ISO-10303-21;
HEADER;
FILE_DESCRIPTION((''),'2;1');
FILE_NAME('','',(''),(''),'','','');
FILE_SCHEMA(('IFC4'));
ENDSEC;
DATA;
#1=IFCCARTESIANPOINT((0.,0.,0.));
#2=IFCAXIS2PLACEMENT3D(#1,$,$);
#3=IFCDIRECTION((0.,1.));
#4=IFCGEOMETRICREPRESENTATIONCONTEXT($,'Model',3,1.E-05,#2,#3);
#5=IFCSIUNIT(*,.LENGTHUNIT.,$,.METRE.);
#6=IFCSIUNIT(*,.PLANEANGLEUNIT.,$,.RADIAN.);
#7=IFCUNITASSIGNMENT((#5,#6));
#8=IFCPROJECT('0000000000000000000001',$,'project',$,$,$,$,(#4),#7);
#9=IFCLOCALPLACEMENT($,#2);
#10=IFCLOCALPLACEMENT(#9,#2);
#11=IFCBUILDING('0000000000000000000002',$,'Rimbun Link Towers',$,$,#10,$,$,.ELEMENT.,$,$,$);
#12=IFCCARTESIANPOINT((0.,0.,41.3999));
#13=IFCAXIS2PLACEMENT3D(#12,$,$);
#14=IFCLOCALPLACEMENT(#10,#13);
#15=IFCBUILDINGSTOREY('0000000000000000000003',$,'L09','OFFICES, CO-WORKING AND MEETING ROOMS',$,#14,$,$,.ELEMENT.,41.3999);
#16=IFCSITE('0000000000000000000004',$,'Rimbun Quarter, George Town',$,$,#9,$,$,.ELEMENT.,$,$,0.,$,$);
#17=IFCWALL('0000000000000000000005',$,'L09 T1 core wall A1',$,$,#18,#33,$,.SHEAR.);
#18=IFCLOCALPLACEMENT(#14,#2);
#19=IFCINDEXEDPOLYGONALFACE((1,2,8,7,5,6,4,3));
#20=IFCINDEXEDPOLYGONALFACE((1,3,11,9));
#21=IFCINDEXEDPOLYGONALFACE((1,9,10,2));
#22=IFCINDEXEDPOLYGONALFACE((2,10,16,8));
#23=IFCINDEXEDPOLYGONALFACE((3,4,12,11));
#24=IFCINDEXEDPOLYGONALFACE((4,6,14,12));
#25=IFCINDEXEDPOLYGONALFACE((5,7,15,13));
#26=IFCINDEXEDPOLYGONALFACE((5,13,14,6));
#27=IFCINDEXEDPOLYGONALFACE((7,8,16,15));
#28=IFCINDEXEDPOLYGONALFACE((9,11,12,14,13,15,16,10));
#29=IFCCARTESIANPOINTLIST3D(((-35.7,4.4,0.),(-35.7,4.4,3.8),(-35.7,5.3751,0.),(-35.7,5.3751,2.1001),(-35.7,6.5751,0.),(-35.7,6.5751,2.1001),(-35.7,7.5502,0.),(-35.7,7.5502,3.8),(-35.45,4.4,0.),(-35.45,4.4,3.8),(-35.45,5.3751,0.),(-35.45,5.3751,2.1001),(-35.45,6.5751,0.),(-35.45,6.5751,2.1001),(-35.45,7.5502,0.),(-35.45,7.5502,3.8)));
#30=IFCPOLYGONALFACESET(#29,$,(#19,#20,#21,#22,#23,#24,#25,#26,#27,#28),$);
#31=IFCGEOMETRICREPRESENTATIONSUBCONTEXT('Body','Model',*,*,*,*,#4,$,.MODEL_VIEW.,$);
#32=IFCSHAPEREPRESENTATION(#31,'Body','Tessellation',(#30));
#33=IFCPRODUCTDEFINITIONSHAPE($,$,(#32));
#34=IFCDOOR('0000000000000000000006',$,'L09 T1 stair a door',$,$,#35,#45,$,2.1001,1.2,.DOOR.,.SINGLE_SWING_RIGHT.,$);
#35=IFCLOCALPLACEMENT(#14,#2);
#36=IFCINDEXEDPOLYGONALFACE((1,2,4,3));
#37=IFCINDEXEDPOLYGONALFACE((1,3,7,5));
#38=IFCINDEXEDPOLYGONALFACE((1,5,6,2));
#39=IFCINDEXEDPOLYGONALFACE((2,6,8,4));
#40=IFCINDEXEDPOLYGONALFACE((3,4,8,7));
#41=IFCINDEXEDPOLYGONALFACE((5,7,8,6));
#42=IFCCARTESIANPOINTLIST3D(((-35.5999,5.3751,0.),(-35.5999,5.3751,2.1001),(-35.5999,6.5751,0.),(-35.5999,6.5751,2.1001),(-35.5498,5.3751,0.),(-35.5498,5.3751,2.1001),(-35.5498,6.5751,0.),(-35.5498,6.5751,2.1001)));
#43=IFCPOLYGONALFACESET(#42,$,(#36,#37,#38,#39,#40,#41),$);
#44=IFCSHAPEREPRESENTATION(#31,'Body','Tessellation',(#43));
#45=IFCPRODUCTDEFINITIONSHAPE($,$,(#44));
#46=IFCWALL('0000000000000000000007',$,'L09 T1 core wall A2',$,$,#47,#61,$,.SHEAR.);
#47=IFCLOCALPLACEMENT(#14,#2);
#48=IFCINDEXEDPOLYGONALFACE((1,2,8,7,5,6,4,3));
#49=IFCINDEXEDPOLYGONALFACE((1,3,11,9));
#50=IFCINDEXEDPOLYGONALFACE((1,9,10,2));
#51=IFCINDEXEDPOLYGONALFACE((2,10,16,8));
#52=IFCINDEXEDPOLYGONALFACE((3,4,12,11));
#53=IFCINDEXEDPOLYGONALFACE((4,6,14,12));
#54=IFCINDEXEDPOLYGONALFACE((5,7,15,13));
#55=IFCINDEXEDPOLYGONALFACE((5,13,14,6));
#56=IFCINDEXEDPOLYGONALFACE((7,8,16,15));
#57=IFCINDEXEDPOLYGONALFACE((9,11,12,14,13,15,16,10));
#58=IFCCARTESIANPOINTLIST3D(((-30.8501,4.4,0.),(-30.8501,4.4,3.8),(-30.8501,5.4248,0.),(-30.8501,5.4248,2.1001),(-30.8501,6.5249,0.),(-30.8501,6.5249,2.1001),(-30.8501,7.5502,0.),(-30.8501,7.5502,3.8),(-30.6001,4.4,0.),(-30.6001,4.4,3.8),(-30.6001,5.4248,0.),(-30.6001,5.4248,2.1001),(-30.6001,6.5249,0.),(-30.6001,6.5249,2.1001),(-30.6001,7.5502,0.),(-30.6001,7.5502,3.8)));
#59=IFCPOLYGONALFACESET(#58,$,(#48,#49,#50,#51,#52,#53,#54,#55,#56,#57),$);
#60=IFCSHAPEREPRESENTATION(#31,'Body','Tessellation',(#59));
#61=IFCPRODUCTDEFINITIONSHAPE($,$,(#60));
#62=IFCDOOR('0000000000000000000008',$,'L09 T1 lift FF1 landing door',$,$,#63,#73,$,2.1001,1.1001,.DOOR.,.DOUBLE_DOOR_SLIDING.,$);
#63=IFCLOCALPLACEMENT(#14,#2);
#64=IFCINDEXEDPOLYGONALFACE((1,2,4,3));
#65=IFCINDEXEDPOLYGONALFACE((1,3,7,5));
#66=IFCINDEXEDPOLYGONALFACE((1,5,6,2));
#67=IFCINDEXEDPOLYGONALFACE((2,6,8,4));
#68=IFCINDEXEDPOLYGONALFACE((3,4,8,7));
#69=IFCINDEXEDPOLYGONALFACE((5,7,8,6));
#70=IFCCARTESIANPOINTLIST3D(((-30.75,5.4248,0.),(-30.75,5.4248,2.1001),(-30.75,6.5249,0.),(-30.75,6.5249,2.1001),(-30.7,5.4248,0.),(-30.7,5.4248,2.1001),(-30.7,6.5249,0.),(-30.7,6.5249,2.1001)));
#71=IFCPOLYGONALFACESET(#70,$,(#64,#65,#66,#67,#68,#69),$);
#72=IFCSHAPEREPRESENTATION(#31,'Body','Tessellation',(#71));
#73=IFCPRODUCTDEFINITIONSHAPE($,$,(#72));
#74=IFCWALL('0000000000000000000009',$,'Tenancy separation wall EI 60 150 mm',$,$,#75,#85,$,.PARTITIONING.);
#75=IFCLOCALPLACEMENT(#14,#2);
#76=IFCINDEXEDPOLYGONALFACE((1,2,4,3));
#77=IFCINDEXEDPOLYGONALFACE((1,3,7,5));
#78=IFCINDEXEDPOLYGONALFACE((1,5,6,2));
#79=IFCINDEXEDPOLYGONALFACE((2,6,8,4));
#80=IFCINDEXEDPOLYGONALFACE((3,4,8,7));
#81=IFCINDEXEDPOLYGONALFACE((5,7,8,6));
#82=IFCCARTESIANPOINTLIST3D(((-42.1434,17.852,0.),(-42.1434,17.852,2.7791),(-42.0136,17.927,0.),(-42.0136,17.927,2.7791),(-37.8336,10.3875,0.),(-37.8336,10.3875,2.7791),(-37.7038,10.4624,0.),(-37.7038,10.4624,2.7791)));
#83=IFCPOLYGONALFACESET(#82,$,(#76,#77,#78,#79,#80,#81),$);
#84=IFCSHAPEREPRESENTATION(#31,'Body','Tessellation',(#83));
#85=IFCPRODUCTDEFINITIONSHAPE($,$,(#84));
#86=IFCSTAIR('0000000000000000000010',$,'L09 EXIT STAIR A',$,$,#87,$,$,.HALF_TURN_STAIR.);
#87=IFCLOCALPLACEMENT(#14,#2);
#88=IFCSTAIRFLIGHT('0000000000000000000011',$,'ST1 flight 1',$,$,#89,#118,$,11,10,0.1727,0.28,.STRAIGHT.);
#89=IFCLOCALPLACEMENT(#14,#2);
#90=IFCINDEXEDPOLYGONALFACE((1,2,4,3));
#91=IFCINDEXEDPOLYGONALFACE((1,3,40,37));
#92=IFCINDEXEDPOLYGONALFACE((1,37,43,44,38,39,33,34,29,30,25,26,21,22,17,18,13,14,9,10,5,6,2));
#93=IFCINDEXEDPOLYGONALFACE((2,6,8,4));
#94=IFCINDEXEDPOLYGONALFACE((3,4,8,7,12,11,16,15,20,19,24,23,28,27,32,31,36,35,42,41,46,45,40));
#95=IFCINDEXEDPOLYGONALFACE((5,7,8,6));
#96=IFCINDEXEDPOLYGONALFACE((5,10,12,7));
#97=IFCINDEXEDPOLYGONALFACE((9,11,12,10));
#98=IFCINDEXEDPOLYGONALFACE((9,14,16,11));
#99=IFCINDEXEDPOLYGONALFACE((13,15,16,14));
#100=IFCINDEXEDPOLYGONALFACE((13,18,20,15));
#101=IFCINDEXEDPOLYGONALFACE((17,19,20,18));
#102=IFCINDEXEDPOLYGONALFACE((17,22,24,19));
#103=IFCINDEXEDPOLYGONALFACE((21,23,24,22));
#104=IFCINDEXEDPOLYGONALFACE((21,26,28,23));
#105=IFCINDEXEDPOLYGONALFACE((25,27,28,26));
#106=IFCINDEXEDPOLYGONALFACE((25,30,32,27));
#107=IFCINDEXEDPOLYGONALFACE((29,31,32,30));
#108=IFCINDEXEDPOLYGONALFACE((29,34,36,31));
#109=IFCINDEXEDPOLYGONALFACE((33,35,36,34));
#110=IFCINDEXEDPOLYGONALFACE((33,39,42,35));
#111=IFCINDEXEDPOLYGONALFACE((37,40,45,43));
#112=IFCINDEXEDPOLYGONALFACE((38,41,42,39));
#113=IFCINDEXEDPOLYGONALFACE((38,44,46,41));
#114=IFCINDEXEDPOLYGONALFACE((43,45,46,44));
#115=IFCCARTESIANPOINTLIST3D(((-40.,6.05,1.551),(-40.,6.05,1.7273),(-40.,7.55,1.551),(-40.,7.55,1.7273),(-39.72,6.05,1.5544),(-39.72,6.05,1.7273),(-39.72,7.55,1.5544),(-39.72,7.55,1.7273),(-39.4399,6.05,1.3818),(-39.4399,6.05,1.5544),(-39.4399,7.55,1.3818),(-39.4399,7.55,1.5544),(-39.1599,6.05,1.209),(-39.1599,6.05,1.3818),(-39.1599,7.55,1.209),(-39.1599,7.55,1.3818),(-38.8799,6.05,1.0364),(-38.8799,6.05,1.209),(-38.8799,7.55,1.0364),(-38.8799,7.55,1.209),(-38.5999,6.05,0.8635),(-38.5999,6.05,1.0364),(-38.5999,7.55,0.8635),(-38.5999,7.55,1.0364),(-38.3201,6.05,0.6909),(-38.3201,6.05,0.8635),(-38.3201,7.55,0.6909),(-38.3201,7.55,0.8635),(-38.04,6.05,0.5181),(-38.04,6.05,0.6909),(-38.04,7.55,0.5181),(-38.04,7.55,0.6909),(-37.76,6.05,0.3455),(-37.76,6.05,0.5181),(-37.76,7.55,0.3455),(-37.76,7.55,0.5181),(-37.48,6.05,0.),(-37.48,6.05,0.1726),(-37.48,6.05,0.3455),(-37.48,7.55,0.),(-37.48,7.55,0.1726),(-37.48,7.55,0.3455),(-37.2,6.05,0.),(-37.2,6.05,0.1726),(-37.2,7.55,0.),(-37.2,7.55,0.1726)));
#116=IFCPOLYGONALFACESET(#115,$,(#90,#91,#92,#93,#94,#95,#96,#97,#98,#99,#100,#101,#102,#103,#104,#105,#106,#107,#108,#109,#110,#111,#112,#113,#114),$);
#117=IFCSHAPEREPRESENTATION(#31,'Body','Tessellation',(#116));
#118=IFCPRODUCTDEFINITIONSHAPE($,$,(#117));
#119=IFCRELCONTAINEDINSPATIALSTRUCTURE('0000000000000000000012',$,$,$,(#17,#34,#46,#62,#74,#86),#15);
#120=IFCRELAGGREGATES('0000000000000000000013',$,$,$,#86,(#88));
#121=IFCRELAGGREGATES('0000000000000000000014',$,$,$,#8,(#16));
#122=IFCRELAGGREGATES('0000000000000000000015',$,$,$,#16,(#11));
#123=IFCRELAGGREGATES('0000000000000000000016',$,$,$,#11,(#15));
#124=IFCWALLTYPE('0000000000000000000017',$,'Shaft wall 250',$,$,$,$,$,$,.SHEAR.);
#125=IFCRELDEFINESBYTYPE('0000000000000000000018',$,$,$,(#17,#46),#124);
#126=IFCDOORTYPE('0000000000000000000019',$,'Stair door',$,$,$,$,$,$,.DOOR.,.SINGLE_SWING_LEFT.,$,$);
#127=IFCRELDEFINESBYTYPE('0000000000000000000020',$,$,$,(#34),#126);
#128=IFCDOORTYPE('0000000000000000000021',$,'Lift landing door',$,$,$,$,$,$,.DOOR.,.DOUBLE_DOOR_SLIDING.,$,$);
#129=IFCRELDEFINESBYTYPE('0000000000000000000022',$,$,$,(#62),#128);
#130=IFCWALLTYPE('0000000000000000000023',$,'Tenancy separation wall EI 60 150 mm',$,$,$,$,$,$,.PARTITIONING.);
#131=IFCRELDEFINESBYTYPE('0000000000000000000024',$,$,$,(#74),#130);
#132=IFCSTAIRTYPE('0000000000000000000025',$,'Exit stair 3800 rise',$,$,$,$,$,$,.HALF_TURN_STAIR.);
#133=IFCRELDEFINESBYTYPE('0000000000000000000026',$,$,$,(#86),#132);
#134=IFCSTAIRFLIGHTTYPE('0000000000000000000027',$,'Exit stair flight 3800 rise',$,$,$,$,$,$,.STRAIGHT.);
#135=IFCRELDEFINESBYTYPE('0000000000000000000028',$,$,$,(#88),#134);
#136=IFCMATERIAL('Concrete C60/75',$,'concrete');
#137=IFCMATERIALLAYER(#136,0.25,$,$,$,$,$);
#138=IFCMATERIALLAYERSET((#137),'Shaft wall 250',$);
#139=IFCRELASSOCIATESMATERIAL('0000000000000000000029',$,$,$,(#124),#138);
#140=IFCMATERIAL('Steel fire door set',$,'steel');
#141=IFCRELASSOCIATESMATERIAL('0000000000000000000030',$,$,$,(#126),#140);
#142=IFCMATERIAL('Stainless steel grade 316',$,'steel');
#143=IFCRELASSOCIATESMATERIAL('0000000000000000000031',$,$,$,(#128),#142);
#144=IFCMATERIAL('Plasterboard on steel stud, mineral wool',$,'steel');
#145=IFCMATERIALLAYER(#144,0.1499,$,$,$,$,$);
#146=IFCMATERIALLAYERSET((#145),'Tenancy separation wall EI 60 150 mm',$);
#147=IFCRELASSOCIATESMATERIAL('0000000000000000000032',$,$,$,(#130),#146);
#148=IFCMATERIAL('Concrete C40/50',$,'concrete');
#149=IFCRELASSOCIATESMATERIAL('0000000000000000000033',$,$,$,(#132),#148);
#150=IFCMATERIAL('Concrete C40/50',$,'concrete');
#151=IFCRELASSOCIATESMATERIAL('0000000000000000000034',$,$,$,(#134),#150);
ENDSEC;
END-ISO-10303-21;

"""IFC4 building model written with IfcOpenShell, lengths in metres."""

from ifc_helpers import new_model, si_unit, direction, frame, frame_2d, origin, place, context, subcontext, project, spatial, polyline, rectangle, outline, extrude, material, layer, layer_set, type_object, element, fill, aggregate, save


model = new_model("IFC4")

# Units and contexts
model_context = context("Model", 3, precision=1e-05, world=origin(), true_north=direction((0.0, 1.0)))
body_context = subcontext(model_context, "Body", "Model", "MODEL_VIEW")
ifc_project = project(units=[si_unit("LENGTHUNIT", "METRE"), si_unit("PLANEANGLEUNIT", "RADIAN")], contexts=[model_context])

# Site, building, storey
site_placement = place(None, origin())
site = spatial("IfcSite", under=ifc_project, at=site_placement, Name="Rimbun Quarter, George Town", CompositionType="ELEMENT", RefElevation=0.0)
building_placement = place(site_placement, origin())
building = spatial("IfcBuilding", under=site, at=building_placement, Name="Rimbun Link Towers", CompositionType="ELEMENT")
storey_placement = place(building_placement, frame((0.0, 0.0, 41.3999)))
storey = spatial("IfcBuildingStorey", under=building, at=storey_placement, Name="L09", Description="OFFICES, CO-WORKING AND MEETING ROOMS", CompositionType="ELEMENT", Elevation=41.3999)

# Shared definitions
ifc_material_1 = material(Name="Concrete C60/75", Category="concrete")
ifc_layer_1 = layer(ifc_material_1, 0.25)
ifc_layer_set_1 = layer_set([ifc_layer_1], Name="Shaft wall 250")
wall_type_1 = type_object("IfcWallType", Name="Shaft wall 250", PredefinedType="SHEAR", material=ifc_layer_set_1)

# Walls, openings, doors
wall_1_placement = place(storey_placement, frame((-35.575, 4.3999, 0.0), z_axis=(0.0, 0.0, 1.0), x_axis=(0.0, 1.0, 0.0)))
wall_1 = element("IfcWall", 1, at=wall_1_placement, inside=storey, type_object=wall_type_1, Name="L09 T1 core wall A1", PredefinedType="SHEAR", context=body_context, shape_type="SweptSolid", body=[
    extrude(rectangle(XDim=3.1501, YDim=0.25, at=frame_2d((1.5752, 0.0))), origin(), (0.0, 0.0, 1.0), 3.8),
])
opening_1_placement = place(wall_1_placement, frame((0.9751, 0.0, 0.0)))
opening_1 = element("IfcOpeningElement", 2, at=opening_1_placement, cuts=wall_1, PredefinedType="OPENING", context=body_context, shape_type="SweptSolid", body=[
    extrude(rectangle(XDim=1.2, YDim=2.1001, at=frame_2d((0.6001, 1.05))), frame((0.0, 0.135, 0.0), z_axis=(0.0, -1.0, 0.0), x_axis=(1.0, 0.0, 0.0)), (0.0, 0.0, 1.0), 0.27),
])
ifc_material_2 = material(Name="Steel fire door set", Category="steel")
door_type_1 = type_object("IfcDoorType", Name="Stair door", OperationType="SINGLE_SWING_LEFT", PredefinedType="DOOR", material=ifc_material_2)
door_1_placement = place(opening_1_placement, origin())
door_1 = element("IfcDoor", 3, at=door_1_placement, inside=storey, type_object=door_type_1, Name="L09 T1 stair a door", OperationType="SINGLE_SWING_RIGHT", OverallHeight=2.1001, OverallWidth=1.2, PredefinedType="DOOR", context=body_context, shape_type="SweptSolid", body=[
    extrude(rectangle(XDim=1.2, YDim=2.1001, at=frame_2d((0.6001, 1.05))), frame((0.0, 0.0249, 0.0), z_axis=(0.0, -1.0, 0.0), x_axis=(1.0, 0.0, 0.0)), (0.0, 0.0, 1.0), 0.05),
])
fill(opening_1, door_1)
wall_2_placement = place(storey_placement, frame((-30.7251, 4.3999, 0.0), z_axis=(0.0, 0.0, 1.0), x_axis=(0.0, 1.0, 0.0)))
wall_2 = element("IfcWall", 4, at=wall_2_placement, inside=storey, type_object=wall_type_1, Name="L09 T1 core wall A2", PredefinedType="SHEAR", context=body_context, shape_type="SweptSolid", body=[
    extrude(rectangle(XDim=3.1501, YDim=0.25, at=frame_2d((1.5752, 0.0))), origin(), (0.0, 0.0, 1.0), 3.8),
])
opening_2_placement = place(wall_2_placement, frame((1.0249, 0.0, 0.0)))
opening_2 = element("IfcOpeningElement", 5, at=opening_2_placement, cuts=wall_2, PredefinedType="OPENING", context=body_context, shape_type="SweptSolid", body=[
    extrude(rectangle(XDim=1.1001, YDim=2.1001, at=frame_2d((0.55, 1.05))), frame((0.0, 0.135, 0.0), z_axis=(0.0, -1.0, 0.0), x_axis=(1.0, 0.0, 0.0)), (0.0, 0.0, 1.0), 0.27),
])
ifc_material_3 = material(Name="Stainless steel grade 316", Category="steel")
door_type_2 = type_object("IfcDoorType", Name="Lift landing door", OperationType="DOUBLE_DOOR_SLIDING", PredefinedType="DOOR", material=ifc_material_3)
door_2_placement = place(opening_2_placement, origin())
door_2 = element("IfcDoor", 6, at=door_2_placement, inside=storey, type_object=door_type_2, Name="L09 T1 lift FF1 landing door", OperationType="DOUBLE_DOOR_SLIDING", OverallHeight=2.1001, OverallWidth=1.1001, PredefinedType="DOOR", context=body_context, shape_type="SweptSolid", body=[
    extrude(rectangle(XDim=1.1001, YDim=2.1001, at=frame_2d((0.55, 1.05))), frame((0.0, 0.0249, 0.0), z_axis=(0.0, -1.0, 0.0), x_axis=(1.0, 0.0, 0.0)), (0.0, 0.0, 1.0), 0.05),
])
fill(opening_2, door_2)

# Wall
ifc_material_4 = material(Name="Plasterboard on steel stud, mineral wool", Category="steel")
ifc_layer_2 = layer(ifc_material_4, 0.1499)
ifc_layer_set_2 = layer_set([ifc_layer_2], Name="Tenancy separation wall EI 60 150 mm")
wall_type_2 = type_object("IfcWallType", Name="Tenancy separation wall EI 60 150 mm", PredefinedType="PARTITIONING", material=ifc_layer_set_2)
wall_3_placement = place(storey_placement, frame((-37.7688, 10.425, 0.0), z_axis=(0.0, 0.0, 1.0), x_axis=(-0.500011, 0.866019, 0.0)))
element("IfcWall", 7, at=wall_3_placement, inside=storey, type_object=wall_type_2, Name="Tenancy separation wall EI 60 150 mm", PredefinedType="PARTITIONING", context=body_context, shape_type="SweptSolid", body=[
    extrude(rectangle(XDim=8.6194, YDim=0.1499, at=frame_2d((4.3096, 0.0))), origin(), (0.0, 0.0, 1.0), 2.7791),
])

# Stair, stair flight
ifc_material_5 = material(Name="Concrete C40/50", Category="concrete")
stair_type = type_object("IfcStairType", Name="Exit stair 3800 rise", PredefinedType="HALF_TURN_STAIR", material=ifc_material_5)
stair_placement = place(storey_placement, origin())
stair = element("IfcStair", 8, at=stair_placement, inside=storey, type_object=stair_type, Name="L09 EXIT STAIR A", PredefinedType="HALF_TURN_STAIR")
ifc_material_6 = material(Name="Concrete C40/50", Category="concrete")
stair_flight_type = type_object("IfcStairFlightType", Name="Exit stair flight 3800 rise", PredefinedType="STRAIGHT", material=ifc_material_6)
stair_flight_placement = place(storey_placement, frame((-37.2, 6.8, 0.0), z_axis=(0.0, 0.0, 1.0), x_axis=(-1.0, 0.0, 0.0)))
stair_flight = element("IfcStairFlight", 9, at=stair_flight_placement, type_object=stair_flight_type, Name="ST1 flight 1", NumberOfRisers=11, NumberOfTreads=10, PredefinedType="STRAIGHT", RiserHeight=0.1727, TreadLength=0.28, context=body_context, shape_type="SweptSolid", body=[
    extrude(outline(polyline([(0.0, 0.0), (0.0, 0.1726), (0.28, 0.1726), (0.28, 0.3455), (0.5601, 0.3455), (0.5601, 0.5181), (0.8401, 0.5181), (0.8401, 0.6909), (1.1201, 0.6909), (1.1201, 0.8635), (1.3999, 0.8635), (1.3999, 1.0364), (1.6799, 1.0364), (1.6799, 1.209), (1.96, 1.209), (1.96, 1.3818), (2.24, 1.3818), (2.24, 1.5544), (2.52, 1.5544), (2.52, 1.7273), (2.8, 1.7273), (2.8, 1.8999), (2.8, 1.551), (0.28, 0.0), (0.0, 0.0)])), frame((0.0, 0.75, 0.0), z_axis=(0.0, -1.0, 0.0), x_axis=(1.0, 0.0, 0.0)), (0.0, 0.0, 1.0), 1.5),
])
aggregate(stair, [stair_flight])

save(model, "model.ifc")
